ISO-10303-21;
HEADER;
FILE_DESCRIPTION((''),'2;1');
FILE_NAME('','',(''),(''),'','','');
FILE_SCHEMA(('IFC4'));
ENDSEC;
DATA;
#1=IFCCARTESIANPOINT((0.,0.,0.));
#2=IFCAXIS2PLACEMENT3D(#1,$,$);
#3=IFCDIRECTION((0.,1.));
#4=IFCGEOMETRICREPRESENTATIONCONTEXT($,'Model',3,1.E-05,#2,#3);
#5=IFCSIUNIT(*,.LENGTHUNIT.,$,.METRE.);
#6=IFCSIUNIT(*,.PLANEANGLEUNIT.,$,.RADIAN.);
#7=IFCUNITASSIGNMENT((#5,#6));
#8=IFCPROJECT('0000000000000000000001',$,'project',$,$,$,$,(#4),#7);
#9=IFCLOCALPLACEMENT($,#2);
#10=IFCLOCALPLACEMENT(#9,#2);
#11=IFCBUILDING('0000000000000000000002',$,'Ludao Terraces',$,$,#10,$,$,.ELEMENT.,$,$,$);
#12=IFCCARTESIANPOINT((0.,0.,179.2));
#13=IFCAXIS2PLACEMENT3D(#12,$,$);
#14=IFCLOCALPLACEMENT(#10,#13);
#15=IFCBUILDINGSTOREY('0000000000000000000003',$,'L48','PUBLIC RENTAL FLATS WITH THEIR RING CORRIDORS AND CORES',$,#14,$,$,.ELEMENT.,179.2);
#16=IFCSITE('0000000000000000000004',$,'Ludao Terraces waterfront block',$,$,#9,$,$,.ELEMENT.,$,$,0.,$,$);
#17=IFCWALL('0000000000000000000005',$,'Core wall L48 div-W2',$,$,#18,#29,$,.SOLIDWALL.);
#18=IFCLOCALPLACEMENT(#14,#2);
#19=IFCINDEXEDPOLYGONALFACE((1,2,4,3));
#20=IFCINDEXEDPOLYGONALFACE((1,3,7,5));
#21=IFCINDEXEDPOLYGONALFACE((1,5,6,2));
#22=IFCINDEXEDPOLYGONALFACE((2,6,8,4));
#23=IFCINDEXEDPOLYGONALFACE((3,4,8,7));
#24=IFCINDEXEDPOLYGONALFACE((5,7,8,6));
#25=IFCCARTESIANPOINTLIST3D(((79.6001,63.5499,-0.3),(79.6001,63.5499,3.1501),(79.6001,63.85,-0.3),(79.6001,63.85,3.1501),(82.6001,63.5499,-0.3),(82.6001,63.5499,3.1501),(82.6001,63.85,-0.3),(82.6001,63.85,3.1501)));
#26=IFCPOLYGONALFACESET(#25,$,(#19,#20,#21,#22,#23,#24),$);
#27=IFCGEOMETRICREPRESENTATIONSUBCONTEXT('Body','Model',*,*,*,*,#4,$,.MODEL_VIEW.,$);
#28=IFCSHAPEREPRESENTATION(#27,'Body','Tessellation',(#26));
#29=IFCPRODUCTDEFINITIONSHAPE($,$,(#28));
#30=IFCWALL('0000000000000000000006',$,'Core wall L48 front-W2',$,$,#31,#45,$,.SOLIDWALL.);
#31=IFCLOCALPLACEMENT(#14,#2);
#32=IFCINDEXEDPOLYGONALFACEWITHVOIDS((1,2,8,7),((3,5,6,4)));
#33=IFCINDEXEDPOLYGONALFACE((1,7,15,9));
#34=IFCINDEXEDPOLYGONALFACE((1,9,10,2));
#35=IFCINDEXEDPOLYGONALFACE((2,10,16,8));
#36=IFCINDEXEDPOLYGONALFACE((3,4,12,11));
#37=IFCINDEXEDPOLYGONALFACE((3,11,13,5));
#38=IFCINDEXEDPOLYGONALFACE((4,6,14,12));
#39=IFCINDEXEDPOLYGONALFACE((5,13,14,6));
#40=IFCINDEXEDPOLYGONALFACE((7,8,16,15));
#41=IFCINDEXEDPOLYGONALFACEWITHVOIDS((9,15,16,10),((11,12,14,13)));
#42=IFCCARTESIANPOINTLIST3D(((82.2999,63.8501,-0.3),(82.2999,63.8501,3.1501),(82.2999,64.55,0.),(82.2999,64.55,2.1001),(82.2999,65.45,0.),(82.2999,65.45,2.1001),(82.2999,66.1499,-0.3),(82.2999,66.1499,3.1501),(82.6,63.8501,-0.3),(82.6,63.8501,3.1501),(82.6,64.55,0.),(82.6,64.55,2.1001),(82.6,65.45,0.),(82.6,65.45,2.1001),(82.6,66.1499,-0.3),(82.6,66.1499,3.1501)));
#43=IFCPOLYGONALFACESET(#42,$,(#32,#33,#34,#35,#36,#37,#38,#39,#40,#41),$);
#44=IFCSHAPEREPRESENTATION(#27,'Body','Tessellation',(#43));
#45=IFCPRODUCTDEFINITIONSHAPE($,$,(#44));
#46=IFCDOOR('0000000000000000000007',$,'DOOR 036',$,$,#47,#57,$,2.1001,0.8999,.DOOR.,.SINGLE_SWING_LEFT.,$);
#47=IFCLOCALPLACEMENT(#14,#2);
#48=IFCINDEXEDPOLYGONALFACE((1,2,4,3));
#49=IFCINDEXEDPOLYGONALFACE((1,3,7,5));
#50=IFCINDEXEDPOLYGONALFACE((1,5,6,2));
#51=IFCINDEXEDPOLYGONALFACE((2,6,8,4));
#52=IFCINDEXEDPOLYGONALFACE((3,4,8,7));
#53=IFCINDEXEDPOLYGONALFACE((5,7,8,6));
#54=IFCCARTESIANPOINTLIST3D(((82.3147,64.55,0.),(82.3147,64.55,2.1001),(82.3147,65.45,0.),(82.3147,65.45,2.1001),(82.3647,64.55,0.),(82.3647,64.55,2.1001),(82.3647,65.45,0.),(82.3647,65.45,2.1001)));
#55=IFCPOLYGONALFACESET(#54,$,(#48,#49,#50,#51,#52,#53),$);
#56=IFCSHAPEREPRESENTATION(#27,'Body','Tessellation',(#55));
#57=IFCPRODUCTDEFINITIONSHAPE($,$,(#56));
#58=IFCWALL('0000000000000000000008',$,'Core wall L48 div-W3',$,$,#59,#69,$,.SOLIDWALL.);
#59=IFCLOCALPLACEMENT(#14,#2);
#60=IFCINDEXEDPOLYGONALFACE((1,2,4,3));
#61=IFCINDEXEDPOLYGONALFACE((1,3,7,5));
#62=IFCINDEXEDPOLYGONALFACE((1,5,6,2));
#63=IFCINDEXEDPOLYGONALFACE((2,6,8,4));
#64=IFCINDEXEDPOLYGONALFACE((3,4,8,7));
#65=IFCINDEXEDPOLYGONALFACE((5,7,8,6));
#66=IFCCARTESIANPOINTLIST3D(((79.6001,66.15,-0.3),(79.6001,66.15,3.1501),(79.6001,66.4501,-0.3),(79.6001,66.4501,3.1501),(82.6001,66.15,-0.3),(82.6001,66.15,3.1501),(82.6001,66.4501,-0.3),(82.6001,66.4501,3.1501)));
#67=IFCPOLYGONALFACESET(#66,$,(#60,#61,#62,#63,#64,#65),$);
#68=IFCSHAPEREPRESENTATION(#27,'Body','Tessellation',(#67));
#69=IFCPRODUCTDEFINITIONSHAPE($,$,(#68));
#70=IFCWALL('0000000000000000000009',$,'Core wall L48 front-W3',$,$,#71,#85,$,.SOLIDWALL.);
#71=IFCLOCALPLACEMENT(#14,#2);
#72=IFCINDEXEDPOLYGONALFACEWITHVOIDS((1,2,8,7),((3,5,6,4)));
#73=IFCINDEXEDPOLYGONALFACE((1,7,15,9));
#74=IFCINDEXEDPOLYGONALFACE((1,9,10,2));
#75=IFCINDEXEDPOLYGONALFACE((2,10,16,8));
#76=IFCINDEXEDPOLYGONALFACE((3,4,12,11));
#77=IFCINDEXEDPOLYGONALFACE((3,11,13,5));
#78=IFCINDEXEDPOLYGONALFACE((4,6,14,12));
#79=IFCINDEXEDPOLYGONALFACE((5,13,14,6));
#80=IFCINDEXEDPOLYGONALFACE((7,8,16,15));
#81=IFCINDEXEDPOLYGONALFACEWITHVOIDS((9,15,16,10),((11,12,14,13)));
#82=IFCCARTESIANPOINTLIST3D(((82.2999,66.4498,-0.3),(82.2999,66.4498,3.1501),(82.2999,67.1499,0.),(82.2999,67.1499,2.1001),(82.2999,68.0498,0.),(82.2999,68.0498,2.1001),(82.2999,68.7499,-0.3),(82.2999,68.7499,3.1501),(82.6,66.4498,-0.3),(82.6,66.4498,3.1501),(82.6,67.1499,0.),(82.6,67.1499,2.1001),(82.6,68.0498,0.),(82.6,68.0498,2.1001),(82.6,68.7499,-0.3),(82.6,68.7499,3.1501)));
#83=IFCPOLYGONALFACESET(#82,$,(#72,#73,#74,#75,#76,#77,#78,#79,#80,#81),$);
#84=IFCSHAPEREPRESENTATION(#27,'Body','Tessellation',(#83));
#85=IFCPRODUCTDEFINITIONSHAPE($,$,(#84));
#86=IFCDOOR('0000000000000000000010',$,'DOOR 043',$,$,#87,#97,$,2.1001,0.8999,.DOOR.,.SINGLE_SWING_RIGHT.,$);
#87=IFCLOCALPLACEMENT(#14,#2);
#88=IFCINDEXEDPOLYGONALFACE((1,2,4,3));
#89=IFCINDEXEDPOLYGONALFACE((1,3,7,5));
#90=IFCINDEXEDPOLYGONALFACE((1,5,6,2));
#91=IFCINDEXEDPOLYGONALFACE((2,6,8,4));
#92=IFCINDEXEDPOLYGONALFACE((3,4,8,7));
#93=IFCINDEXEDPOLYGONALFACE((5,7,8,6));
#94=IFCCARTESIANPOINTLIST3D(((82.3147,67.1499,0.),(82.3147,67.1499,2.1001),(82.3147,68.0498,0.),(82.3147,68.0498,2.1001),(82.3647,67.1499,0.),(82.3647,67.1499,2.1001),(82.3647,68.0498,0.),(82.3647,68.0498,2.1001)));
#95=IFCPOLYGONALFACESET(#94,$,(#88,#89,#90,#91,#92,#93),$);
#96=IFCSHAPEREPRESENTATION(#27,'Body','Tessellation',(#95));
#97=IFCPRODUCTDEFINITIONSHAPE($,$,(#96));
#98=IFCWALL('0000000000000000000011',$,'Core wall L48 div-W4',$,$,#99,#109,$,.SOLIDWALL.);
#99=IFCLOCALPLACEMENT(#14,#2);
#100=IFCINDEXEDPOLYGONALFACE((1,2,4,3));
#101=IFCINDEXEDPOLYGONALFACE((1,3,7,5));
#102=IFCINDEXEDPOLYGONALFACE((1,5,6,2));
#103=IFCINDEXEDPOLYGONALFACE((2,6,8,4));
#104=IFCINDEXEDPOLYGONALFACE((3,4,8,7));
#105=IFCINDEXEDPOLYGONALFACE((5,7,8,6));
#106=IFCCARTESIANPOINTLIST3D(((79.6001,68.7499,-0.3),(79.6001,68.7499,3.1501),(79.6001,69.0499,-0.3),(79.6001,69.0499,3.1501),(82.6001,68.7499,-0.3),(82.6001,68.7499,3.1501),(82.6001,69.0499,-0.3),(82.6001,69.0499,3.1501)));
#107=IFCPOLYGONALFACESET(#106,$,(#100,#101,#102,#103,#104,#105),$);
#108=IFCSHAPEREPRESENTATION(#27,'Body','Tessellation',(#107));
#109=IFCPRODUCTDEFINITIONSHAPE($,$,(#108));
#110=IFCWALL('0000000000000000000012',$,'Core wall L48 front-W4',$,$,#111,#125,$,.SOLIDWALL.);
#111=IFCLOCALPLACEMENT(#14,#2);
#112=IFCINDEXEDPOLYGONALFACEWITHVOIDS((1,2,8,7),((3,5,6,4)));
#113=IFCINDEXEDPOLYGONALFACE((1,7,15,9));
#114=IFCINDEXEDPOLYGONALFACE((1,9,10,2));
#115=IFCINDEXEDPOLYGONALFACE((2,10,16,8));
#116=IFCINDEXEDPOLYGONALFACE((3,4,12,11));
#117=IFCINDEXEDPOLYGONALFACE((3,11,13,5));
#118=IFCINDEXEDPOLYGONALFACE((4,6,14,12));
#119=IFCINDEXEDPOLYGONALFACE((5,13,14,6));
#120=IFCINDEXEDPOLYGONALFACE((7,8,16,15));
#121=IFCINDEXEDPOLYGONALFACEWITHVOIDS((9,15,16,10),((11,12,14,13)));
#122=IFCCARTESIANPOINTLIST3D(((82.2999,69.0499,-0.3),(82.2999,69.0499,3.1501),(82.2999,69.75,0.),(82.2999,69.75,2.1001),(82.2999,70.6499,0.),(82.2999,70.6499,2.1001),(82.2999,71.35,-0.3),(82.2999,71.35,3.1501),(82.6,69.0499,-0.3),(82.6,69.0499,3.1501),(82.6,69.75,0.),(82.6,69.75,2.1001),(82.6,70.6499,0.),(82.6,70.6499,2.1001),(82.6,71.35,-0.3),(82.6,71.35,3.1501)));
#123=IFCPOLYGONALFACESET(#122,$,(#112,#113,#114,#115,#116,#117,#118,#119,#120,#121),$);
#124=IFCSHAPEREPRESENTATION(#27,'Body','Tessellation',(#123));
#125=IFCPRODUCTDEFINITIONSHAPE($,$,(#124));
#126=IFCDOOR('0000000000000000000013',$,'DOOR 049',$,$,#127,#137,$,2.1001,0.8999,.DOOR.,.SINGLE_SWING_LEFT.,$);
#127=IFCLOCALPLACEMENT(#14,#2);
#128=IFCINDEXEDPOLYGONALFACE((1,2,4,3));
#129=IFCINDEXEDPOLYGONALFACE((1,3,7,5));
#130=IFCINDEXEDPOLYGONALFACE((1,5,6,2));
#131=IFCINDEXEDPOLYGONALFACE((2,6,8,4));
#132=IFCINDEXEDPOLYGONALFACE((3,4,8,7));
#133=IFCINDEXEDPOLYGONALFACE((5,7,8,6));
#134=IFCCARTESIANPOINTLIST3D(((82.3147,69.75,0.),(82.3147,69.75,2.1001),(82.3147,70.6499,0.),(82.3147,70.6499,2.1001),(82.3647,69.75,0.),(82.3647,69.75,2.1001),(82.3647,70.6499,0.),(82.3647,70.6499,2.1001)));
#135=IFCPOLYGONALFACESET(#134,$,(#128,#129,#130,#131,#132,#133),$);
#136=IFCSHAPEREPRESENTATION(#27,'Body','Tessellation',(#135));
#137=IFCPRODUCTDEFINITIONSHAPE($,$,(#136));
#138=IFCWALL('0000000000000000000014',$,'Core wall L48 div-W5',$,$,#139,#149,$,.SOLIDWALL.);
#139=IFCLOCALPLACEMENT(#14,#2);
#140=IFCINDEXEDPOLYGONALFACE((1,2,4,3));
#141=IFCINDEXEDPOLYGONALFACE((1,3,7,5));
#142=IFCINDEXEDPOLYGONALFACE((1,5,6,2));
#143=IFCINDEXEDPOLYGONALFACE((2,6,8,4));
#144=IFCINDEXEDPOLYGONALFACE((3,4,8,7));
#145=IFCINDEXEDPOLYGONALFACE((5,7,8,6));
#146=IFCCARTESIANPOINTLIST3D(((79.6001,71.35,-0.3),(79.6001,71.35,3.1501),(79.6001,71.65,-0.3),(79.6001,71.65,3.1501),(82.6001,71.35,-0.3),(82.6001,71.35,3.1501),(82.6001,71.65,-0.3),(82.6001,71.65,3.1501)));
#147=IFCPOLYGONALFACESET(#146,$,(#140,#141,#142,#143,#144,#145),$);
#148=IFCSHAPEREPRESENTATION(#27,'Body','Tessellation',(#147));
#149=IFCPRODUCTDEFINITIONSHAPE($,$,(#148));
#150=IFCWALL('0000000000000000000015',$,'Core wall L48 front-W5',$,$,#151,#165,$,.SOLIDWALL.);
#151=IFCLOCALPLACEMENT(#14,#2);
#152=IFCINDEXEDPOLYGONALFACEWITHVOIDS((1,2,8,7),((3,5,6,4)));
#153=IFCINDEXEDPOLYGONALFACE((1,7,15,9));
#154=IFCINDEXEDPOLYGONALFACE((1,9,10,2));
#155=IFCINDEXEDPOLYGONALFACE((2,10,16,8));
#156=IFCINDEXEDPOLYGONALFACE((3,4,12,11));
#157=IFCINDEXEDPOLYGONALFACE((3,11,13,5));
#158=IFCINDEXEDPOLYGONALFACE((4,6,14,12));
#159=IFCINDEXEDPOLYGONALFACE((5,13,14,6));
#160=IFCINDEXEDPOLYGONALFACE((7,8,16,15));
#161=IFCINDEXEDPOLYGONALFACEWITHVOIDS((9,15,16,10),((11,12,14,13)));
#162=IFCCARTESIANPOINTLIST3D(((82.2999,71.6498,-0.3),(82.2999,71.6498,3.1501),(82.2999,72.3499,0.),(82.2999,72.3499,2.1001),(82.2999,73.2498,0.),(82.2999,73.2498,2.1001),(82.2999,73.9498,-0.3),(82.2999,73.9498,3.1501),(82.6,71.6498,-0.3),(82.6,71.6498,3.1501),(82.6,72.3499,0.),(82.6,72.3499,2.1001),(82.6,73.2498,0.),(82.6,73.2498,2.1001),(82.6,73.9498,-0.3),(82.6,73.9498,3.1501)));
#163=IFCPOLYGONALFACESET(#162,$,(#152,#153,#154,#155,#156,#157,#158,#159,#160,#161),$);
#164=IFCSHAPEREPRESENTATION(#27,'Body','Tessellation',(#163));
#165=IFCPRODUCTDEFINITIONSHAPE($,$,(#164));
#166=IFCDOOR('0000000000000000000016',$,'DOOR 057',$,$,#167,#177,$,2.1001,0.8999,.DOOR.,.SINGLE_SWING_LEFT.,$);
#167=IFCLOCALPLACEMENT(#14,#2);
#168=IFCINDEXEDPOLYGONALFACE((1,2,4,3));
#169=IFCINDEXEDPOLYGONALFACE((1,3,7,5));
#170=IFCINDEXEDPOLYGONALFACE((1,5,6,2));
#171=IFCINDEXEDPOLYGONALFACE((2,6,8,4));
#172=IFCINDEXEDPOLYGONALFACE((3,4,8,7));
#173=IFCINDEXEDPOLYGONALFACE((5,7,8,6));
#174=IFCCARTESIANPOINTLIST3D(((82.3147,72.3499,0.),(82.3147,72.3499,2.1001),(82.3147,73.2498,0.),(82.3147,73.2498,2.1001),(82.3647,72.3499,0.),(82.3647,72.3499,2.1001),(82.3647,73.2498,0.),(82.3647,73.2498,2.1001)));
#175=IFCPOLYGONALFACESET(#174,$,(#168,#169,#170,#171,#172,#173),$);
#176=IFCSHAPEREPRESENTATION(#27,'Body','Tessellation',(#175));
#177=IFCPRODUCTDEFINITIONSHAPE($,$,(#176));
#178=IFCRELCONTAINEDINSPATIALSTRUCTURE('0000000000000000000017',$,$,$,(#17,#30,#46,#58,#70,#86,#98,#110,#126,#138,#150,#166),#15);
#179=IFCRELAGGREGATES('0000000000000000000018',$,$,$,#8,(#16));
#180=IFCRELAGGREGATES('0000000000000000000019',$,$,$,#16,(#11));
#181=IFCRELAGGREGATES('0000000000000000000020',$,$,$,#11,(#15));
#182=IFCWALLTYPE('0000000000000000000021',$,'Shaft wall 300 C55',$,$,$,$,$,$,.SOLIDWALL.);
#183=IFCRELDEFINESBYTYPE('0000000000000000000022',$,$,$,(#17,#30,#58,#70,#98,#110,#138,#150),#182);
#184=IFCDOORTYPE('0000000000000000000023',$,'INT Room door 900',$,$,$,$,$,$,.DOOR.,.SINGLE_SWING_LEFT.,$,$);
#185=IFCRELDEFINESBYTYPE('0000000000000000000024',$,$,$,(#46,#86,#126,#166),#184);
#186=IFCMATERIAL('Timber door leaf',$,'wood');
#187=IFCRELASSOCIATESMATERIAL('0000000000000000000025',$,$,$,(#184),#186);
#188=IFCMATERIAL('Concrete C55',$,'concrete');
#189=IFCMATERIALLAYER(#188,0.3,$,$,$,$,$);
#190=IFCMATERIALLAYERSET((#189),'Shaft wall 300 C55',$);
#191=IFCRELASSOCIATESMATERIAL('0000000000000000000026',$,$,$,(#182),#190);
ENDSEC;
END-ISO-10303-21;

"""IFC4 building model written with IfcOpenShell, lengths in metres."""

from ifc_helpers import new_model, si_unit, direction, frame, frame_2d, origin, place, context, subcontext, project, spatial, rectangle, extrude, material, layer, layer_set, type_object, element, fill, save


model = new_model("IFC4")

# Units and contexts
model_context = context("Model", 3, precision=1e-05, world=origin(), true_north=direction((0.0, 1.0)))
body_context = subcontext(model_context, "Body", "Model", "MODEL_VIEW")
ifc_project = project(units=[si_unit("LENGTHUNIT", "METRE"), si_unit("PLANEANGLEUNIT", "RADIAN")], contexts=[model_context])

# Site, building, storey
site_placement = place(None, origin())
site = spatial("IfcSite", under=ifc_project, at=site_placement, Name="Ludao Terraces waterfront block", CompositionType="ELEMENT", RefElevation=0.0)
building_placement = place(site_placement, origin())
building = spatial("IfcBuilding", under=site, at=building_placement, Name="Ludao Terraces", CompositionType="ELEMENT")
storey_placement = place(building_placement, frame((0.0, 0.0, 179.2)))
storey = spatial("IfcBuildingStorey", under=building, at=storey_placement, Name="L48", Description="PUBLIC RENTAL FLATS WITH THEIR RING CORRIDORS AND CORES", CompositionType="ELEMENT", Elevation=179.2)

# Shared definitions
ifc_material_1 = material(Name="Timber door leaf", Category="wood")
door_type_1 = type_object("IfcDoorType", Name="INT Room door 900", OperationType="SINGLE_SWING_LEFT", PredefinedType="DOOR", material=ifc_material_1)

# Wall
ifc_material_2 = material(Name="Concrete C55", Category="concrete")
ifc_layer_1 = layer(ifc_material_2, 0.3)
ifc_layer_set_1 = layer_set([ifc_layer_1], Name="Shaft wall 300 C55")
wall_type_1 = type_object("IfcWallType", Name="Shaft wall 300 C55", PredefinedType="SOLIDWALL", material=ifc_layer_set_1)
wall_1_placement = place(storey_placement, frame((79.6001, 63.7, -0.3), z_axis=(0.0, 0.0, 1.0), x_axis=(1.0, 0.0, 0.0)))
element("IfcWall", 1, at=wall_1_placement, inside=storey, type_object=wall_type_1, Name="Core wall L48 div-W2", PredefinedType="SOLIDWALL", context=body_context, shape_type="SweptSolid", body=[
    extrude(rectangle(XDim=3.0, YDim=0.3, at=frame_2d((1.5, 0.0))), origin(), (0.0, 0.0, 1.0), 3.4502),
])

# Wall, opening, door
wall_2_placement = place(storey_placement, frame((82.45, 63.8501, -0.3), z_axis=(0.0, 0.0, 1.0), x_axis=(0.0, 1.0, 0.0)))
wall_2 = element("IfcWall", 2, at=wall_2_placement, inside=storey, type_object=wall_type_1, Name="Core wall L48 front-W2", PredefinedType="SOLIDWALL", context=body_context, shape_type="SweptSolid", body=[
    extrude(rectangle(XDim=2.2998, YDim=0.3, at=frame_2d((1.1499, 0.0))), origin(), (0.0, 0.0, 1.0), 3.4502),
])
opening_1_placement = place(wall_2_placement, frame((0.7, 0.0, 0.3)))
opening_1 = element("IfcOpeningElement", 3, at=opening_1_placement, cuts=wall_2, PredefinedType="OPENING", context=body_context, shape_type="SweptSolid", body=[
    extrude(rectangle(XDim=0.8999, YDim=2.1001, at=frame_2d((0.45, 1.05))), frame((0.0, 0.1602, 0.0), z_axis=(0.0, -1.0, 0.0), x_axis=(1.0, 0.0, 0.0)), (0.0, 0.0, 1.0), 0.3201),
])
door_1_placement = place(opening_1_placement, origin())
door_1 = element("IfcDoor", 4, at=door_1_placement, inside=storey, type_object=door_type_1, Name="DOOR 036", OperationType="SINGLE_SWING_LEFT", OverallHeight=2.1001, OverallWidth=0.8999, PredefinedType="DOOR", context=body_context, shape_type="SweptSolid", body=[
    extrude(rectangle(XDim=0.8999, YDim=2.1001, at=frame_2d((0.45, 1.05))), frame((0.0, 0.1353, 0.0), z_axis=(0.0, -1.0, 0.0), x_axis=(1.0, 0.0, 0.0)), (0.0, 0.0, 1.0), 0.05),
])
fill(opening_1, door_1)

# Wall
wall_3_placement = place(storey_placement, frame((79.6001, 66.3, -0.3), z_axis=(0.0, 0.0, 1.0), x_axis=(1.0, 0.0, 0.0)))
element("IfcWall", 5, at=wall_3_placement, inside=storey, type_object=wall_type_1, Name="Core wall L48 div-W3", PredefinedType="SOLIDWALL", context=body_context, shape_type="SweptSolid", body=[
    extrude(rectangle(XDim=3.0, YDim=0.3, at=frame_2d((1.5, 0.0))), origin(), (0.0, 0.0, 1.0), 3.4502),
])

# Wall, opening, door
wall_4_placement = place(storey_placement, frame((82.45, 66.45, -0.3), z_axis=(0.0, 0.0, 1.0), x_axis=(0.0, 1.0, 0.0)))
wall_4 = element("IfcWall", 6, at=wall_4_placement, inside=storey, type_object=wall_type_1, Name="Core wall L48 front-W3", PredefinedType="SOLIDWALL", context=body_context, shape_type="SweptSolid", body=[
    extrude(rectangle(XDim=2.3, YDim=0.3, at=frame_2d((1.1499, 0.0))), origin(), (0.0, 0.0, 1.0), 3.4502),
])
opening_2_placement = place(wall_4_placement, frame((0.7, 0.0, 0.3)))
opening_2 = element("IfcOpeningElement", 7, at=opening_2_placement, cuts=wall_4, PredefinedType="OPENING", context=body_context, shape_type="SweptSolid", body=[
    extrude(rectangle(XDim=0.8999, YDim=2.1001, at=frame_2d((0.45, 1.05))), frame((0.0, 0.1602, 0.0), z_axis=(0.0, -1.0, 0.0), x_axis=(1.0, 0.0, 0.0)), (0.0, 0.0, 1.0), 0.3201),
])
door_2_placement = place(opening_2_placement, origin())
door_2 = element("IfcDoor", 8, at=door_2_placement, inside=storey, type_object=door_type_1, Name="DOOR 043", OperationType="SINGLE_SWING_RIGHT", OverallHeight=2.1001, OverallWidth=0.8999, PredefinedType="DOOR", context=body_context, shape_type="SweptSolid", body=[
    extrude(rectangle(XDim=0.8999, YDim=2.1001, at=frame_2d((0.45, 1.05))), frame((0.0, 0.1353, 0.0), z_axis=(0.0, -1.0, 0.0), x_axis=(1.0, 0.0, 0.0)), (0.0, 0.0, 1.0), 0.05),
])
fill(opening_2, door_2)

# Wall
wall_5_placement = place(storey_placement, frame((79.6001, 68.8999, -0.3), z_axis=(0.0, 0.0, 1.0), x_axis=(1.0, 0.0, 0.0)))
element("IfcWall", 9, at=wall_5_placement, inside=storey, type_object=wall_type_1, Name="Core wall L48 div-W4", PredefinedType="SOLIDWALL", context=body_context, shape_type="SweptSolid", body=[
    extrude(rectangle(XDim=3.0, YDim=0.3, at=frame_2d((1.5, 0.0))), origin(), (0.0, 0.0, 1.0), 3.4502),
])

# Wall, opening, door
wall_6_placement = place(storey_placement, frame((82.45, 69.05, -0.3), z_axis=(0.0, 0.0, 1.0), x_axis=(0.0, 1.0, 0.0)))
wall_6 = element("IfcWall", 10, at=wall_6_placement, inside=storey, type_object=wall_type_1, Name="Core wall L48 front-W4", PredefinedType="SOLIDWALL", context=body_context, shape_type="SweptSolid", body=[
    extrude(rectangle(XDim=2.3, YDim=0.3, at=frame_2d((1.1499, 0.0))), origin(), (0.0, 0.0, 1.0), 3.4502),
])
opening_3_placement = place(wall_6_placement, frame((0.7, 0.0, 0.3)))
opening_3 = element("IfcOpeningElement", 11, at=opening_3_placement, cuts=wall_6, PredefinedType="OPENING", context=body_context, shape_type="SweptSolid", body=[
    extrude(rectangle(XDim=0.8999, YDim=2.1001, at=frame_2d((0.45, 1.05))), frame((0.0, 0.1602, 0.0), z_axis=(0.0, -1.0, 0.0), x_axis=(1.0, 0.0, 0.0)), (0.0, 0.0, 1.0), 0.3201),
])
door_3_placement = place(opening_3_placement, origin())
door_3 = element("IfcDoor", 12, at=door_3_placement, inside=storey, type_object=door_type_1, Name="DOOR 049", OperationType="SINGLE_SWING_LEFT", OverallHeight=2.1001, OverallWidth=0.8999, PredefinedType="DOOR", context=body_context, shape_type="SweptSolid", body=[
    extrude(rectangle(XDim=0.8999, YDim=2.1001, at=frame_2d((0.45, 1.05))), frame((0.0, 0.1353, 0.0), z_axis=(0.0, -1.0, 0.0), x_axis=(1.0, 0.0, 0.0)), (0.0, 0.0, 1.0), 0.05),
])
fill(opening_3, door_3)

# Wall
wall_7_placement = place(storey_placement, frame((79.6001, 71.5, -0.3), z_axis=(0.0, 0.0, 1.0), x_axis=(1.0, 0.0, 0.0)))
element("IfcWall", 13, at=wall_7_placement, inside=storey, type_object=wall_type_1, Name="Core wall L48 div-W5", PredefinedType="SOLIDWALL", context=body_context, shape_type="SweptSolid", body=[
    extrude(rectangle(XDim=3.0, YDim=0.3, at=frame_2d((1.5, 0.0))), origin(), (0.0, 0.0, 1.0), 3.4502),
])

# Wall, opening, door
wall_8_placement = place(storey_placement, frame((82.45, 71.6499, -0.3), z_axis=(0.0, 0.0, 1.0), x_axis=(0.0, 1.0, 0.0)))
wall_8 = element("IfcWall", 14, at=wall_8_placement, inside=storey, type_object=wall_type_1, Name="Core wall L48 front-W5", PredefinedType="SOLIDWALL", context=body_context, shape_type="SweptSolid", body=[
    extrude(rectangle(XDim=2.3, YDim=0.3, at=frame_2d((1.1499, 0.0))), origin(), (0.0, 0.0, 1.0), 3.4502),
])
opening_4_placement = place(wall_8_placement, frame((0.7, 0.0, 0.3)))
opening_4 = element("IfcOpeningElement", 15, at=opening_4_placement, cuts=wall_8, PredefinedType="OPENING", context=body_context, shape_type="SweptSolid", body=[
    extrude(rectangle(XDim=0.8999, YDim=2.1001, at=frame_2d((0.45, 1.05))), frame((0.0, 0.1602, 0.0), z_axis=(0.0, -1.0, 0.0), x_axis=(1.0, 0.0, 0.0)), (0.0, 0.0, 1.0), 0.3201),
])
door_4_placement = place(opening_4_placement, origin())
door_4 = element("IfcDoor", 16, at=door_4_placement, inside=storey, type_object=door_type_1, Name="DOOR 057", OperationType="SINGLE_SWING_LEFT", OverallHeight=2.1001, OverallWidth=0.8999, PredefinedType="DOOR", context=body_context, shape_type="SweptSolid", body=[
    extrude(rectangle(XDim=0.8999, YDim=2.1001, at=frame_2d((0.45, 1.05))), frame((0.0, 0.1353, 0.0), z_axis=(0.0, -1.0, 0.0), x_axis=(1.0, 0.0, 0.0)), (0.0, 0.0, 1.0), 0.05),
])
fill(opening_4, door_4)

save(model, "model.ifc")
